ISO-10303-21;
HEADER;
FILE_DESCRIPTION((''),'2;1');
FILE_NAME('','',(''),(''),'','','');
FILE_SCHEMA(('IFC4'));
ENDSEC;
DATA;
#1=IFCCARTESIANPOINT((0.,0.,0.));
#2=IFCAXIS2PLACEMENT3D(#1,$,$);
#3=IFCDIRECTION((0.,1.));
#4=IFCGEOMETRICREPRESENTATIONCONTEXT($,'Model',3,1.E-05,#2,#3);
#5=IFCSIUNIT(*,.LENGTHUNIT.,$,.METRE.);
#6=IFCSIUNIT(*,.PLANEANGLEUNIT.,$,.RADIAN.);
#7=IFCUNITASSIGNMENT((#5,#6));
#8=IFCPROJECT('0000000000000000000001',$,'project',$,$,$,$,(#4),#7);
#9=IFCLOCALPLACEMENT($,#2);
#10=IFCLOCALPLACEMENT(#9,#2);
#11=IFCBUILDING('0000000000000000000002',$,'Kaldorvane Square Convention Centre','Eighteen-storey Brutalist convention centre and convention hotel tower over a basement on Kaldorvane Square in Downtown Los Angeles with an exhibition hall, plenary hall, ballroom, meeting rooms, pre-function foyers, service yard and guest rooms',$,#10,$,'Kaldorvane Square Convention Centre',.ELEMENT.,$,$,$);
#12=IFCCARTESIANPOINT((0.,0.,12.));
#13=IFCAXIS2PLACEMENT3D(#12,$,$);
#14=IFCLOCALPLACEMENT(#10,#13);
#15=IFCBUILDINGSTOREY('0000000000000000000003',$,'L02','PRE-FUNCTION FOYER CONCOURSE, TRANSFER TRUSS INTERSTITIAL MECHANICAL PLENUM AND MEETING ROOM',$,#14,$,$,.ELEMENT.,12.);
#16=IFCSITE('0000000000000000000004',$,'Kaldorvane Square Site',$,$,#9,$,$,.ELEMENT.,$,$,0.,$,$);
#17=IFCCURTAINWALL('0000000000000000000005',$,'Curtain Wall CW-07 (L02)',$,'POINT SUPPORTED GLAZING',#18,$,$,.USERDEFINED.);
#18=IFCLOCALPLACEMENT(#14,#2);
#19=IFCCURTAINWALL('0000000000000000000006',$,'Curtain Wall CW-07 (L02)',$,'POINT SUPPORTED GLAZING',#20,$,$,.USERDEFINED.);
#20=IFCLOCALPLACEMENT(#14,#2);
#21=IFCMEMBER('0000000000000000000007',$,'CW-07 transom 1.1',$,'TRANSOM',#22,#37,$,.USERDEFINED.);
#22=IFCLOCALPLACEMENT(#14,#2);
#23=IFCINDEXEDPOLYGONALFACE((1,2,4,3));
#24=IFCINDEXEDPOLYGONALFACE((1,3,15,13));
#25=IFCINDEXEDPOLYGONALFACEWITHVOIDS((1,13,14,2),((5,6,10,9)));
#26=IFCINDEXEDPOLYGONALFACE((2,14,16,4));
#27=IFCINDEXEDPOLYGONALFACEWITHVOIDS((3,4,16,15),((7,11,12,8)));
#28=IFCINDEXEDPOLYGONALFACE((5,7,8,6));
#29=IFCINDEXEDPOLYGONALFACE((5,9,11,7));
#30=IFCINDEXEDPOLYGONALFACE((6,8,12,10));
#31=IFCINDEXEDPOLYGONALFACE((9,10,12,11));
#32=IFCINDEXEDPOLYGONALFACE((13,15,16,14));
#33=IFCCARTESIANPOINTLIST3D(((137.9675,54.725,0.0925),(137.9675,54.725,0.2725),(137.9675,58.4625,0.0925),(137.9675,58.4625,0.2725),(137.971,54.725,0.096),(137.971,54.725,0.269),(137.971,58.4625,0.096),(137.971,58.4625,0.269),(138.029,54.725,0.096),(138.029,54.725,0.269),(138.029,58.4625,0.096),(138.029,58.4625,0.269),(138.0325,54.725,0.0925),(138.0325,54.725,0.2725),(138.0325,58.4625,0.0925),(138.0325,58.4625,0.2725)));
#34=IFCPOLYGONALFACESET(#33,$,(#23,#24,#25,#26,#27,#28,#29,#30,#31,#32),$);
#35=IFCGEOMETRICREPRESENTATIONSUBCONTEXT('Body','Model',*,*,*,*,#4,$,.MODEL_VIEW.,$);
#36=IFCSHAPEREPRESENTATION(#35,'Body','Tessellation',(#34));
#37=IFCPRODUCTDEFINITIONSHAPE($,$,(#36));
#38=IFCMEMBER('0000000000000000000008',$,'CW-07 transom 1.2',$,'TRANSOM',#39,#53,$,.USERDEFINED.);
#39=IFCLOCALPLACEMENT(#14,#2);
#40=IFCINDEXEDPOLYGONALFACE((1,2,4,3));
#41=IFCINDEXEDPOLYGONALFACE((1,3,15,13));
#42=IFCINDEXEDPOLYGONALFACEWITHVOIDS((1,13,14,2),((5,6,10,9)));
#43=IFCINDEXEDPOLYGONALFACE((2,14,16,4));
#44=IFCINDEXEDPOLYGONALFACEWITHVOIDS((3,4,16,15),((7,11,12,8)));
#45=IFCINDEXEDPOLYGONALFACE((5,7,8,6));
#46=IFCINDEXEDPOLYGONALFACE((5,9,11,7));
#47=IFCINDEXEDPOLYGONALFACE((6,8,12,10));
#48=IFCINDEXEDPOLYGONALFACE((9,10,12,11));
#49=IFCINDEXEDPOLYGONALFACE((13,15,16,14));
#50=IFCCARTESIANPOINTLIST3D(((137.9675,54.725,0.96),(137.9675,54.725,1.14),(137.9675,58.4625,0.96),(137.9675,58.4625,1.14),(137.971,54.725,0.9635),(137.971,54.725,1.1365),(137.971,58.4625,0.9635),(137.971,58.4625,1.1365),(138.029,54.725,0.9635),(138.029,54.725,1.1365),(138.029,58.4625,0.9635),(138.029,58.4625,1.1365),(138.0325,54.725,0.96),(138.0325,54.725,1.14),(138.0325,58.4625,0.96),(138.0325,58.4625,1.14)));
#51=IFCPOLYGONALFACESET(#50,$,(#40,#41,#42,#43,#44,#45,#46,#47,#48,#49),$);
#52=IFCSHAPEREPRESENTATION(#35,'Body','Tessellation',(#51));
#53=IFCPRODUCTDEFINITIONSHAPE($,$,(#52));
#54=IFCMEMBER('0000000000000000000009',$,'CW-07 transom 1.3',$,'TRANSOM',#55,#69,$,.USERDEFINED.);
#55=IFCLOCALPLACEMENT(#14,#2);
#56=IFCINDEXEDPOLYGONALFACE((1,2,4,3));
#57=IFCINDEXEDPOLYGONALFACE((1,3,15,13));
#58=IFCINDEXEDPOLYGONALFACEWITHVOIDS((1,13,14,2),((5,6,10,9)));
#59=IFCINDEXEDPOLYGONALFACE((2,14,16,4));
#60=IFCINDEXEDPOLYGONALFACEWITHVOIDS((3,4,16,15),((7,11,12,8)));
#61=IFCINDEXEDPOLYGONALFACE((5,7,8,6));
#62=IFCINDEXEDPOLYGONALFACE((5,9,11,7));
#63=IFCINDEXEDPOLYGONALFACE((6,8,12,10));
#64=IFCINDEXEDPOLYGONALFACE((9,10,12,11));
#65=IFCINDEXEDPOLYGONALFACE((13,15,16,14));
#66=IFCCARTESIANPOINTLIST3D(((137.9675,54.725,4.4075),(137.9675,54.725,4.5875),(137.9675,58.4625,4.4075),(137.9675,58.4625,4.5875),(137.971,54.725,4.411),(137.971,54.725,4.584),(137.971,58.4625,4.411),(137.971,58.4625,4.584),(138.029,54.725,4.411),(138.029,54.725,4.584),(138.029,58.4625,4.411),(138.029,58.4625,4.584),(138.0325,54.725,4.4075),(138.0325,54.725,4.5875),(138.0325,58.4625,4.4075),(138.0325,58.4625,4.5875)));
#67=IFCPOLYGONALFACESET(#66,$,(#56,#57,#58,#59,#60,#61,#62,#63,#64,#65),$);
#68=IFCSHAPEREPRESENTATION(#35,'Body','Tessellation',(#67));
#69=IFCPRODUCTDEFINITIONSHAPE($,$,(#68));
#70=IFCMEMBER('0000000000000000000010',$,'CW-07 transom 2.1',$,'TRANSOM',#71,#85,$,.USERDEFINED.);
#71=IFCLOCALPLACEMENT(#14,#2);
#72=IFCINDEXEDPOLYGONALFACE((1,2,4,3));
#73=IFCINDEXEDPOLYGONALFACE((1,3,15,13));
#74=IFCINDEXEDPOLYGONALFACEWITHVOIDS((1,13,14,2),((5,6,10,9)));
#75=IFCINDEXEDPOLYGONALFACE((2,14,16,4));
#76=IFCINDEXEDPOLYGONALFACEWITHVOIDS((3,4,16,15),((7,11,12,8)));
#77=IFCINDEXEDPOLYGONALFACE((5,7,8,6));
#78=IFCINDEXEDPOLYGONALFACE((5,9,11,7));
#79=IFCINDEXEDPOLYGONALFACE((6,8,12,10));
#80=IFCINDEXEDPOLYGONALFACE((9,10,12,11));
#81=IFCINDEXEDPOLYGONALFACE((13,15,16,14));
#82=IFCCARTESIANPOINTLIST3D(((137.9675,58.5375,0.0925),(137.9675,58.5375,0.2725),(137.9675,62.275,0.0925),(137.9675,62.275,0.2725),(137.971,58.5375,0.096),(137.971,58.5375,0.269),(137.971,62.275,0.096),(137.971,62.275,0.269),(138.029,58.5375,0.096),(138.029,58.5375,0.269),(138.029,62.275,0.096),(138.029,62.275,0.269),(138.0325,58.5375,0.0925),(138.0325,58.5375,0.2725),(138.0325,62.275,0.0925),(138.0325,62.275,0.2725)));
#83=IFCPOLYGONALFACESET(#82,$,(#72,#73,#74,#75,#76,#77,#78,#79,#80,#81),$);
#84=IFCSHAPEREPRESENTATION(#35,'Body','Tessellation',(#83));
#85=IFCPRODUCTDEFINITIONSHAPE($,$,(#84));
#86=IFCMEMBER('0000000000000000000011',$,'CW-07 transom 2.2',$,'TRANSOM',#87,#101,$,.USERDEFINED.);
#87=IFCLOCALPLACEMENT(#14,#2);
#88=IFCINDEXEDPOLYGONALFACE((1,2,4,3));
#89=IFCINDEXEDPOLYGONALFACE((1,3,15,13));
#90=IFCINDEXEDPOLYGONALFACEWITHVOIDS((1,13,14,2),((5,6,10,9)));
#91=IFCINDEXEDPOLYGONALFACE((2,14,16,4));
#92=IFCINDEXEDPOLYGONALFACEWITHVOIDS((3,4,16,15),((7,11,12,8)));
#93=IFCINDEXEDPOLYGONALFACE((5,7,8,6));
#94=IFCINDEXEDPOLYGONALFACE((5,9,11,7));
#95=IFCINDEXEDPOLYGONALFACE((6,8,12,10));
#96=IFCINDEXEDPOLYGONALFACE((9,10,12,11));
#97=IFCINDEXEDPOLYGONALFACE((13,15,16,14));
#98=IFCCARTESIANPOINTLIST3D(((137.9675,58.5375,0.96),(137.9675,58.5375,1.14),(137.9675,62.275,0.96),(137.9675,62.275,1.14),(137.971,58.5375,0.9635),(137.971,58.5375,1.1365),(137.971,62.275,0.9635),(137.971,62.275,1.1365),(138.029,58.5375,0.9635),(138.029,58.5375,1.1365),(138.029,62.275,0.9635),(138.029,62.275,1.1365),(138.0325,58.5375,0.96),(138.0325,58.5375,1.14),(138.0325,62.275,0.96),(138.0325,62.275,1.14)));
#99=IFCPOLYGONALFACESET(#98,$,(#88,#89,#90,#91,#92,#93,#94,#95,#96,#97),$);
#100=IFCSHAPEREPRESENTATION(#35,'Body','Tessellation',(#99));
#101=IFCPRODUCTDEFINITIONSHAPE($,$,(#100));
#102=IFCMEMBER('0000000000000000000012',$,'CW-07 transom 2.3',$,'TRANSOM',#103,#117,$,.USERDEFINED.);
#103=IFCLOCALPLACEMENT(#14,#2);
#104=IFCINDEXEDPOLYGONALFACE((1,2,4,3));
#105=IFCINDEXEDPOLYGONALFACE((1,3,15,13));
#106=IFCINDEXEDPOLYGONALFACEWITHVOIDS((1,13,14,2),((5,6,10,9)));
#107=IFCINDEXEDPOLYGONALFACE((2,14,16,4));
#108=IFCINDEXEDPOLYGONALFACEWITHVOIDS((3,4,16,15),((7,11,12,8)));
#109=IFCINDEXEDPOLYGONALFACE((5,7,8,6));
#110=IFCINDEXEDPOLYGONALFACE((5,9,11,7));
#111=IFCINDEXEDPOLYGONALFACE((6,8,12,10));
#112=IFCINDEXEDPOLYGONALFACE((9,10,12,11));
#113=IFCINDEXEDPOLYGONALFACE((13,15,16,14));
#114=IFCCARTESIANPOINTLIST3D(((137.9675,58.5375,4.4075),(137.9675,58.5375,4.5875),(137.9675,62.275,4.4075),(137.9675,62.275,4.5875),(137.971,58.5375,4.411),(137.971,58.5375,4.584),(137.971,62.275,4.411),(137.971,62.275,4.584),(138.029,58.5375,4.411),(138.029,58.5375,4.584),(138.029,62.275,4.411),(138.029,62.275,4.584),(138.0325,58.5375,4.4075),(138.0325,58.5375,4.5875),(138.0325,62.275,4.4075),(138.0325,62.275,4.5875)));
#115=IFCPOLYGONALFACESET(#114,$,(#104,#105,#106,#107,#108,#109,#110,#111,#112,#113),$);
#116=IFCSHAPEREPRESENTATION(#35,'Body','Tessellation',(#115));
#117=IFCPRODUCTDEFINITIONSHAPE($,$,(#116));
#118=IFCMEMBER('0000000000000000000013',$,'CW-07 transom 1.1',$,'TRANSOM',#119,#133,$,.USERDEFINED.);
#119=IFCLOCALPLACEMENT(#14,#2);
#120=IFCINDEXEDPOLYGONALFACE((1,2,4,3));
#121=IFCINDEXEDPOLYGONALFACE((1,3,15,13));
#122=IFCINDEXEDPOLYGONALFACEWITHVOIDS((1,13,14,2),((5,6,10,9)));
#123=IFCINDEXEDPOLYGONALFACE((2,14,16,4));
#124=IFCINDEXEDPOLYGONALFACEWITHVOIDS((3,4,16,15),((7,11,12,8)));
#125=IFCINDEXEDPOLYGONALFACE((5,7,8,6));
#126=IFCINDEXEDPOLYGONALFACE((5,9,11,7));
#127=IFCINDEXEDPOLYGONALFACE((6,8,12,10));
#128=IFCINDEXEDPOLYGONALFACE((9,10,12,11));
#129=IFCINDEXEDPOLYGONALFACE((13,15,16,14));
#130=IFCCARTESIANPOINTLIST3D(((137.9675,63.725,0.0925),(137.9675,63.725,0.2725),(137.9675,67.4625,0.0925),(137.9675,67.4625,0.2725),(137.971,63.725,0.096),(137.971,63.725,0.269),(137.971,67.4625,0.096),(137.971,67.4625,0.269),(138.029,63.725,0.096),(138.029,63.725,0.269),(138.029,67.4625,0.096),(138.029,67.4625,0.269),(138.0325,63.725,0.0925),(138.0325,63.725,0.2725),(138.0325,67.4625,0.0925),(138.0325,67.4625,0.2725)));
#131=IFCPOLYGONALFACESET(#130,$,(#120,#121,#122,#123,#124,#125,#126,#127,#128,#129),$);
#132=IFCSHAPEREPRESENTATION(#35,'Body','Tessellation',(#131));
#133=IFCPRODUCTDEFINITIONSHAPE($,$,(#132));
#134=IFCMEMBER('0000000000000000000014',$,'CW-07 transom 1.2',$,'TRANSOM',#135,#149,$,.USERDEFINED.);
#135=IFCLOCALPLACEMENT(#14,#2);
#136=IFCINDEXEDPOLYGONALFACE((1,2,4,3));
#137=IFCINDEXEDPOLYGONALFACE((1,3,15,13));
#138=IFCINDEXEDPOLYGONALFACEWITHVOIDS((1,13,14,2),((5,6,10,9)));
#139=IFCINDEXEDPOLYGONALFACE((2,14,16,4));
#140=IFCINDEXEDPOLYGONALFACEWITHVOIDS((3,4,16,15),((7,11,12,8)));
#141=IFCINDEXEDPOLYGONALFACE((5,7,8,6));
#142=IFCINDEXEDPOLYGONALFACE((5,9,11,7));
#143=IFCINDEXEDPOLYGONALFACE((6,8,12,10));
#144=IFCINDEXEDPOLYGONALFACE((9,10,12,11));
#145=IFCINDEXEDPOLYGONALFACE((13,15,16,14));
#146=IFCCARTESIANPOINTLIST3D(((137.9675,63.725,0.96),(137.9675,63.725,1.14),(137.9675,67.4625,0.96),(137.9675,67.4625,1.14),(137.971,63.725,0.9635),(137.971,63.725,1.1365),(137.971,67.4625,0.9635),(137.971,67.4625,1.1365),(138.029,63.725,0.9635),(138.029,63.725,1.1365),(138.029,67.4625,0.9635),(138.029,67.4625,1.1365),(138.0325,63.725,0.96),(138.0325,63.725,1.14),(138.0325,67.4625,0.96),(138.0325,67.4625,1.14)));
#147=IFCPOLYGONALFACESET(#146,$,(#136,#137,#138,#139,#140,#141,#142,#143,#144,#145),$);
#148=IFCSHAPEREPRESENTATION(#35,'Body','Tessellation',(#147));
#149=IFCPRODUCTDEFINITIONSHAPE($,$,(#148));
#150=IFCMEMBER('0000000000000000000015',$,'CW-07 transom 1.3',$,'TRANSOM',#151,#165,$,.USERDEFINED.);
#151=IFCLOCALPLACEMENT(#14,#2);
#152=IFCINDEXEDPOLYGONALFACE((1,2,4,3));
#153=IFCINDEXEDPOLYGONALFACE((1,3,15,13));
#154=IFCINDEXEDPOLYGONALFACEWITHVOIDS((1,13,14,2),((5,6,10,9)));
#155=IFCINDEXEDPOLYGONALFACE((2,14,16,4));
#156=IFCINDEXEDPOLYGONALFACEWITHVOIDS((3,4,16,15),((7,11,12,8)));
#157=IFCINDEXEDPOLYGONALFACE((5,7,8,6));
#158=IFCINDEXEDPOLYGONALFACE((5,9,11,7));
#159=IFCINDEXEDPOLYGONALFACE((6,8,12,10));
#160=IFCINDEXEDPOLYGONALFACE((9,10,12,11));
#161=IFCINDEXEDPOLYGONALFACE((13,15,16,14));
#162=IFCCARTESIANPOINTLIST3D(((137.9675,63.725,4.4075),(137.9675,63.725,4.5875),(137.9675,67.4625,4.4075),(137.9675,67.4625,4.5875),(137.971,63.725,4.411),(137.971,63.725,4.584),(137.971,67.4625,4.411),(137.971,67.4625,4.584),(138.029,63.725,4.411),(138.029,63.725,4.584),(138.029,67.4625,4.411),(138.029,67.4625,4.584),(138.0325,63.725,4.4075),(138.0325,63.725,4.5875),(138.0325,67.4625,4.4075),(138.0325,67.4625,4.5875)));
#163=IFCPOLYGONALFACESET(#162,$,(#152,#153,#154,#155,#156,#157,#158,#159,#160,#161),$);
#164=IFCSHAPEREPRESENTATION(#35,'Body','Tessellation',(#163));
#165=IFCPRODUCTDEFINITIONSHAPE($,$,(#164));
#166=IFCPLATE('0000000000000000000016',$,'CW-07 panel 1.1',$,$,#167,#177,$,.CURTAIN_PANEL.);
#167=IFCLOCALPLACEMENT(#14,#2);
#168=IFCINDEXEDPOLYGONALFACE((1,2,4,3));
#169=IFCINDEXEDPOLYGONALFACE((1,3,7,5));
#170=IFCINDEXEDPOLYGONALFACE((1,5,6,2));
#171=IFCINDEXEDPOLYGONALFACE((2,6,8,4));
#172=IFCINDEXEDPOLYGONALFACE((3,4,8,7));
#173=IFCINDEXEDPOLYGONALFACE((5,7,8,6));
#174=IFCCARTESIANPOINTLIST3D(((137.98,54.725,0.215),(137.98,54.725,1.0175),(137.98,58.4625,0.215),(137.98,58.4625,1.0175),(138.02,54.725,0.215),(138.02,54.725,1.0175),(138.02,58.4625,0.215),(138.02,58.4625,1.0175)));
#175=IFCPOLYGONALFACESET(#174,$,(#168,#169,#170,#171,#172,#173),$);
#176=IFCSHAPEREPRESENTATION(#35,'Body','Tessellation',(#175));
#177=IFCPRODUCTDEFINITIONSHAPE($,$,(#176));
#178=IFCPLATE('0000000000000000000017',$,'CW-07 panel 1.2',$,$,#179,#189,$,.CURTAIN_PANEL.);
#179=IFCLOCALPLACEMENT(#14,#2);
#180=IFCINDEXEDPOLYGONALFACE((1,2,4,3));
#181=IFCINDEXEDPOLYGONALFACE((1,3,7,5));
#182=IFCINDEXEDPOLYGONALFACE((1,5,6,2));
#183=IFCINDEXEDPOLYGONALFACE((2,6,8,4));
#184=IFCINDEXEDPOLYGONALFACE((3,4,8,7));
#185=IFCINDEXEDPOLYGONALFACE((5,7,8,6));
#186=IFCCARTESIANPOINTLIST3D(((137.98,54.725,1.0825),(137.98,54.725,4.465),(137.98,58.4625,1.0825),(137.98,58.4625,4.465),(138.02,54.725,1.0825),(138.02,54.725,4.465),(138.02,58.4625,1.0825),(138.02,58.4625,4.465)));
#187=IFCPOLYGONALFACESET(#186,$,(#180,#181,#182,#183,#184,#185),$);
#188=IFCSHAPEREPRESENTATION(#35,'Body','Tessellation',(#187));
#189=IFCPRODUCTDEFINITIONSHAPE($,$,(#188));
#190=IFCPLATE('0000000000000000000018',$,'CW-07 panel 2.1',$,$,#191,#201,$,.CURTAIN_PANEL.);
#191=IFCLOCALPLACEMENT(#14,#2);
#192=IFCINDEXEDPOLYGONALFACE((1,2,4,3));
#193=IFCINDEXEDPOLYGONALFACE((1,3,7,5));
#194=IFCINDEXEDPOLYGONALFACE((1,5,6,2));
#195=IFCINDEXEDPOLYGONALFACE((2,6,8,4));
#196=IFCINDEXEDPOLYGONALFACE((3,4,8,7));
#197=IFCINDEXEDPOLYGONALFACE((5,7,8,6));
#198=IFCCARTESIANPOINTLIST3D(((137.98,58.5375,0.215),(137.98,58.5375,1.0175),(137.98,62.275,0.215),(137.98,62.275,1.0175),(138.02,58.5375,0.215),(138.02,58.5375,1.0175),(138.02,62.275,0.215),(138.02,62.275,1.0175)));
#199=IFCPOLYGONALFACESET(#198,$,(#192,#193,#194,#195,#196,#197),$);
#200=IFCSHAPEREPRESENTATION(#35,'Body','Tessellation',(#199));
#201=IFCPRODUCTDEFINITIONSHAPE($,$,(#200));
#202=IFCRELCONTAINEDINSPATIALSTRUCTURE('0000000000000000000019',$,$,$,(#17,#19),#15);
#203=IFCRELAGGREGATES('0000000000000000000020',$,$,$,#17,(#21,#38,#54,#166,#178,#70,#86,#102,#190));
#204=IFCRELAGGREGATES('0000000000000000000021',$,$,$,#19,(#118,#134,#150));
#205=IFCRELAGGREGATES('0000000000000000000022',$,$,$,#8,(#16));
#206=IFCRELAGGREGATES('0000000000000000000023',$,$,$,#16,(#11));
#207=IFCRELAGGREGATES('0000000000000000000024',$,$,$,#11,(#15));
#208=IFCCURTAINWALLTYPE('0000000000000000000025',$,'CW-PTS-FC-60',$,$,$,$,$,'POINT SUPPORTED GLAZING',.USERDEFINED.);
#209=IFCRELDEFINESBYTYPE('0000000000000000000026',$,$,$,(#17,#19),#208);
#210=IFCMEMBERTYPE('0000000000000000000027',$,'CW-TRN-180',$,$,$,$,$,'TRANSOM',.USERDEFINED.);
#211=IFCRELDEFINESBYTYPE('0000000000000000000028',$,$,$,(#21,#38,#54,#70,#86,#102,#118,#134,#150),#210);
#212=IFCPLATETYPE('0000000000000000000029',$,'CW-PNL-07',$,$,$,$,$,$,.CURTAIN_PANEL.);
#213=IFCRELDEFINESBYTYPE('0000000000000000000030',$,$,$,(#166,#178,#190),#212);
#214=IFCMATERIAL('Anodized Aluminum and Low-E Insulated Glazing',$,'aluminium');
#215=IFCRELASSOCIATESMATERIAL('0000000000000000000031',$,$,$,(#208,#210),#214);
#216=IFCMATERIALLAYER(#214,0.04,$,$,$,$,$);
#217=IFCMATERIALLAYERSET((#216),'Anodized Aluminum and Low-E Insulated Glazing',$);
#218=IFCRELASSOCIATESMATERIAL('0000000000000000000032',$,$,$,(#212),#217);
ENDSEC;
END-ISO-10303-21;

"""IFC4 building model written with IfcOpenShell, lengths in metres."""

from ifc_helpers import new_model, si_unit, direction, frame, origin, origin_2d, place, context, subcontext, project, spatial, rectangle, hollow_rectangle, extrude, material, layer, layer_set, material_profile, profile_set, type_object, element, aggregate, save


model = new_model("IFC4")

# Units and contexts
model_context = context("Model", 3, precision=1e-05, world=origin(), true_north=direction((0.0, 1.0)))
body_context = subcontext(model_context, "Body", "Model", "MODEL_VIEW")
ifc_project = project(units=[si_unit("LENGTHUNIT", "METRE"), si_unit("PLANEANGLEUNIT", "RADIAN")], contexts=[model_context])

# Site, building, storey
site_placement = place(None, origin())
site = spatial("IfcSite", under=ifc_project, at=site_placement, Name="Kaldorvane Square Site", CompositionType="ELEMENT", RefElevation=0.0)
building_placement = place(site_placement, origin())
building = spatial("IfcBuilding", under=site, at=building_placement, Name="Kaldorvane Square Convention Centre", Description="Eighteen-storey Brutalist convention centre and convention hotel tower over a basement on Kaldorvane Square in Downtown Los Angeles with an exhibition hall, plenary hall, ballroom, meeting rooms, pre-function foyers, service yard and guest rooms", LongName="Kaldorvane Square Convention Centre", CompositionType="ELEMENT")
storey_placement = place(building_placement, frame((0.0, 0.0, 12.0)))
storey = spatial("IfcBuildingStorey", under=building, at=storey_placement, Name="L02", Description="PRE-FUNCTION FOYER CONCOURSE, TRANSFER TRUSS INTERSTITIAL MECHANICAL PLENUM AND MEETING ROOM", CompositionType="ELEMENT", Elevation=12.0)

# Curtain wall
ifc_material_1 = material(Name="Anodized Aluminum and Low-E Insulated Glazing", Category="aluminium")
curtain_wall_type = type_object("IfcCurtainWallType", Name="CW-PTS-FC-60", ElementType="POINT SUPPORTED GLAZING", PredefinedType="USERDEFINED", material=ifc_material_1)
curtain_wall_1_placement = place(storey_placement, origin())
curtain_wall_1 = element("IfcCurtainWall", 1, at=curtain_wall_1_placement, inside=storey, type_object=curtain_wall_type, Name="Curtain Wall CW-07 (L02)", ObjectType="POINT SUPPORTED GLAZING", PredefinedType="USERDEFINED")

# Curtain wall
curtain_wall_2_placement = place(storey_placement, origin())
curtain_wall_2 = element("IfcCurtainWall", 2, at=curtain_wall_2_placement, inside=storey, type_object=curtain_wall_type, Name="Curtain Wall CW-07 (L02)", ObjectType="POINT SUPPORTED GLAZING", PredefinedType="USERDEFINED")

# Members
ifc_material_profile_1 = material_profile(ifc_material_1, hollow_rectangle(XDim=0.065, YDim=0.18, WallThickness=0.0035, at=origin_2d()), Name="CWT-180X65")
ifc_profile_set_1 = profile_set([ifc_material_profile_1], Name="Anodized Aluminum and Low-E Insulated Glazing")
member_type_1 = type_object("IfcMemberType", Name="CW-TRN-180", ElementType="TRANSOM", PredefinedType="USERDEFINED", material=ifc_profile_set_1)
member_1_placement = place(storey_placement, frame((138.0, 54.725, 0.1825), z_axis=(0.0, 1.0, 0.0), x_axis=(-1.0, 0.0, 0.0)))
member_1 = element("IfcMember", 3, at=member_1_placement, type_object=member_type_1, Name="CW-07 transom 1.1", ObjectType="TRANSOM", PredefinedType="USERDEFINED", context=body_context, shape_type="SweptSolid", body=[
    extrude(hollow_rectangle(XDim=0.065, YDim=0.18, WallThickness=0.0035, at=origin_2d()), origin(), (0.0, 0.0, 1.0), 3.7375),
])
member_2_placement = place(storey_placement, frame((138.0, 54.725, 1.05), z_axis=(0.0, 1.0, 0.0), x_axis=(-1.0, 0.0, 0.0)))
member_2 = element("IfcMember", 4, at=member_2_placement, type_object=member_type_1, Name="CW-07 transom 1.2", ObjectType="TRANSOM", PredefinedType="USERDEFINED", context=body_context, shape_type="SweptSolid", body=[
    extrude(hollow_rectangle(XDim=0.065, YDim=0.18, WallThickness=0.0035, at=origin_2d()), origin(), (0.0, 0.0, 1.0), 3.7375),
])
member_3_placement = place(storey_placement, frame((138.0, 54.725, 4.4975), z_axis=(0.0, 1.0, 0.0), x_axis=(-1.0, 0.0, 0.0)))
member_3 = element("IfcMember", 5, at=member_3_placement, type_object=member_type_1, Name="CW-07 transom 1.3", ObjectType="TRANSOM", PredefinedType="USERDEFINED", context=body_context, shape_type="SweptSolid", body=[
    extrude(hollow_rectangle(XDim=0.065, YDim=0.18, WallThickness=0.0035, at=origin_2d()), origin(), (0.0, 0.0, 1.0), 3.7375),
])
member_4_placement = place(storey_placement, frame((138.0, 58.5375, 0.1825), z_axis=(0.0, 1.0, 0.0), x_axis=(-1.0, 0.0, 0.0)))
member_4 = element("IfcMember", 6, at=member_4_placement, type_object=member_type_1, Name="CW-07 transom 2.1", ObjectType="TRANSOM", PredefinedType="USERDEFINED", context=body_context, shape_type="SweptSolid", body=[
    extrude(hollow_rectangle(XDim=0.065, YDim=0.18, WallThickness=0.0035, at=origin_2d()), origin(), (0.0, 0.0, 1.0), 3.7375),
])
member_5_placement = place(storey_placement, frame((138.0, 58.5375, 1.05), z_axis=(0.0, 1.0, 0.0), x_axis=(-1.0, 0.0, 0.0)))
member_5 = element("IfcMember", 7, at=member_5_placement, type_object=member_type_1, Name="CW-07 transom 2.2", ObjectType="TRANSOM", PredefinedType="USERDEFINED", context=body_context, shape_type="SweptSolid", body=[
    extrude(hollow_rectangle(XDim=0.065, YDim=0.18, WallThickness=0.0035, at=origin_2d()), origin(), (0.0, 0.0, 1.0), 3.7375),
])
member_6_placement = place(storey_placement, frame((138.0, 58.5375, 4.4975), z_axis=(0.0, 1.0, 0.0), x_axis=(-1.0, 0.0, 0.0)))
member_6 = element("IfcMember", 8, at=member_6_placement, type_object=member_type_1, Name="CW-07 transom 2.3", ObjectType="TRANSOM", PredefinedType="USERDEFINED", context=body_context, shape_type="SweptSolid", body=[
    extrude(hollow_rectangle(XDim=0.065, YDim=0.18, WallThickness=0.0035, at=origin_2d()), origin(), (0.0, 0.0, 1.0), 3.7375),
])
member_7_placement = place(storey_placement, frame((138.0, 63.725, 0.1825), z_axis=(0.0, 1.0, 0.0), x_axis=(-1.0, 0.0, 0.0)))
member_7 = element("IfcMember", 9, at=member_7_placement, type_object=member_type_1, Name="CW-07 transom 1.1", ObjectType="TRANSOM", PredefinedType="USERDEFINED", context=body_context, shape_type="SweptSolid", body=[
    extrude(hollow_rectangle(XDim=0.065, YDim=0.18, WallThickness=0.0035, at=origin_2d()), origin(), (0.0, 0.0, 1.0), 3.7375),
])
member_8_placement = place(storey_placement, frame((138.0, 63.725, 1.05), z_axis=(0.0, 1.0, 0.0), x_axis=(-1.0, 0.0, 0.0)))
member_8 = element("IfcMember", 10, at=member_8_placement, type_object=member_type_1, Name="CW-07 transom 1.2", ObjectType="TRANSOM", PredefinedType="USERDEFINED", context=body_context, shape_type="SweptSolid", body=[
    extrude(hollow_rectangle(XDim=0.065, YDim=0.18, WallThickness=0.0035, at=origin_2d()), origin(), (0.0, 0.0, 1.0), 3.7375),
])
member_9_placement = place(storey_placement, frame((138.0, 63.725, 4.4975), z_axis=(0.0, 1.0, 0.0), x_axis=(-1.0, 0.0, 0.0)))
member_9 = element("IfcMember", 11, at=member_9_placement, type_object=member_type_1, Name="CW-07 transom 1.3", ObjectType="TRANSOM", PredefinedType="USERDEFINED", context=body_context, shape_type="SweptSolid", body=[
    extrude(hollow_rectangle(XDim=0.065, YDim=0.18, WallThickness=0.0035, at=origin_2d()), origin(), (0.0, 0.0, 1.0), 3.7375),
])

# Plates
ifc_layer_1 = layer(ifc_material_1, 0.04)
ifc_layer_set_1 = layer_set([ifc_layer_1], Name="Anodized Aluminum and Low-E Insulated Glazing")
plate_type = type_object("IfcPlateType", Name="CW-PNL-07", PredefinedType="CURTAIN_PANEL", material=ifc_layer_set_1)
plate_1_placement = place(storey_placement, frame((138.0, 56.5938, 0.215), z_axis=(0.0, 0.0, 1.0), x_axis=(0.0, 1.0, 0.0)))
plate_1 = element("IfcPlate", 12, at=plate_1_placement, type_object=plate_type, Name="CW-07 panel 1.1", PredefinedType="CURTAIN_PANEL", context=body_context, shape_type="SweptSolid", body=[
    extrude(rectangle(XDim=3.7375, YDim=0.04, at=origin_2d()), origin(), (0.0, 0.0, 1.0), 0.8025),
])
plate_2_placement = place(storey_placement, frame((138.0, 56.5938, 1.0825), z_axis=(0.0, 0.0, 1.0), x_axis=(0.0, 1.0, 0.0)))
plate_2 = element("IfcPlate", 13, at=plate_2_placement, type_object=plate_type, Name="CW-07 panel 1.2", PredefinedType="CURTAIN_PANEL", context=body_context, shape_type="SweptSolid", body=[
    extrude(rectangle(XDim=3.7375, YDim=0.04, at=origin_2d()), origin(), (0.0, 0.0, 1.0), 3.3825),
])
plate_3_placement = place(storey_placement, frame((138.0, 60.4062, 0.215), z_axis=(0.0, 0.0, 1.0), x_axis=(0.0, 1.0, 0.0)))
plate_3 = element("IfcPlate", 14, at=plate_3_placement, type_object=plate_type, Name="CW-07 panel 2.1", PredefinedType="CURTAIN_PANEL", context=body_context, shape_type="SweptSolid", body=[
    extrude(rectangle(XDim=3.7375, YDim=0.04, at=origin_2d()), origin(), (0.0, 0.0, 1.0), 0.8025),
])
aggregate(curtain_wall_1, [member_1, member_2, member_3, plate_1, plate_2, member_4, member_5, member_6, plate_3])
aggregate(curtain_wall_2, [member_7, member_8, member_9])

save(model, "model.ifc")
